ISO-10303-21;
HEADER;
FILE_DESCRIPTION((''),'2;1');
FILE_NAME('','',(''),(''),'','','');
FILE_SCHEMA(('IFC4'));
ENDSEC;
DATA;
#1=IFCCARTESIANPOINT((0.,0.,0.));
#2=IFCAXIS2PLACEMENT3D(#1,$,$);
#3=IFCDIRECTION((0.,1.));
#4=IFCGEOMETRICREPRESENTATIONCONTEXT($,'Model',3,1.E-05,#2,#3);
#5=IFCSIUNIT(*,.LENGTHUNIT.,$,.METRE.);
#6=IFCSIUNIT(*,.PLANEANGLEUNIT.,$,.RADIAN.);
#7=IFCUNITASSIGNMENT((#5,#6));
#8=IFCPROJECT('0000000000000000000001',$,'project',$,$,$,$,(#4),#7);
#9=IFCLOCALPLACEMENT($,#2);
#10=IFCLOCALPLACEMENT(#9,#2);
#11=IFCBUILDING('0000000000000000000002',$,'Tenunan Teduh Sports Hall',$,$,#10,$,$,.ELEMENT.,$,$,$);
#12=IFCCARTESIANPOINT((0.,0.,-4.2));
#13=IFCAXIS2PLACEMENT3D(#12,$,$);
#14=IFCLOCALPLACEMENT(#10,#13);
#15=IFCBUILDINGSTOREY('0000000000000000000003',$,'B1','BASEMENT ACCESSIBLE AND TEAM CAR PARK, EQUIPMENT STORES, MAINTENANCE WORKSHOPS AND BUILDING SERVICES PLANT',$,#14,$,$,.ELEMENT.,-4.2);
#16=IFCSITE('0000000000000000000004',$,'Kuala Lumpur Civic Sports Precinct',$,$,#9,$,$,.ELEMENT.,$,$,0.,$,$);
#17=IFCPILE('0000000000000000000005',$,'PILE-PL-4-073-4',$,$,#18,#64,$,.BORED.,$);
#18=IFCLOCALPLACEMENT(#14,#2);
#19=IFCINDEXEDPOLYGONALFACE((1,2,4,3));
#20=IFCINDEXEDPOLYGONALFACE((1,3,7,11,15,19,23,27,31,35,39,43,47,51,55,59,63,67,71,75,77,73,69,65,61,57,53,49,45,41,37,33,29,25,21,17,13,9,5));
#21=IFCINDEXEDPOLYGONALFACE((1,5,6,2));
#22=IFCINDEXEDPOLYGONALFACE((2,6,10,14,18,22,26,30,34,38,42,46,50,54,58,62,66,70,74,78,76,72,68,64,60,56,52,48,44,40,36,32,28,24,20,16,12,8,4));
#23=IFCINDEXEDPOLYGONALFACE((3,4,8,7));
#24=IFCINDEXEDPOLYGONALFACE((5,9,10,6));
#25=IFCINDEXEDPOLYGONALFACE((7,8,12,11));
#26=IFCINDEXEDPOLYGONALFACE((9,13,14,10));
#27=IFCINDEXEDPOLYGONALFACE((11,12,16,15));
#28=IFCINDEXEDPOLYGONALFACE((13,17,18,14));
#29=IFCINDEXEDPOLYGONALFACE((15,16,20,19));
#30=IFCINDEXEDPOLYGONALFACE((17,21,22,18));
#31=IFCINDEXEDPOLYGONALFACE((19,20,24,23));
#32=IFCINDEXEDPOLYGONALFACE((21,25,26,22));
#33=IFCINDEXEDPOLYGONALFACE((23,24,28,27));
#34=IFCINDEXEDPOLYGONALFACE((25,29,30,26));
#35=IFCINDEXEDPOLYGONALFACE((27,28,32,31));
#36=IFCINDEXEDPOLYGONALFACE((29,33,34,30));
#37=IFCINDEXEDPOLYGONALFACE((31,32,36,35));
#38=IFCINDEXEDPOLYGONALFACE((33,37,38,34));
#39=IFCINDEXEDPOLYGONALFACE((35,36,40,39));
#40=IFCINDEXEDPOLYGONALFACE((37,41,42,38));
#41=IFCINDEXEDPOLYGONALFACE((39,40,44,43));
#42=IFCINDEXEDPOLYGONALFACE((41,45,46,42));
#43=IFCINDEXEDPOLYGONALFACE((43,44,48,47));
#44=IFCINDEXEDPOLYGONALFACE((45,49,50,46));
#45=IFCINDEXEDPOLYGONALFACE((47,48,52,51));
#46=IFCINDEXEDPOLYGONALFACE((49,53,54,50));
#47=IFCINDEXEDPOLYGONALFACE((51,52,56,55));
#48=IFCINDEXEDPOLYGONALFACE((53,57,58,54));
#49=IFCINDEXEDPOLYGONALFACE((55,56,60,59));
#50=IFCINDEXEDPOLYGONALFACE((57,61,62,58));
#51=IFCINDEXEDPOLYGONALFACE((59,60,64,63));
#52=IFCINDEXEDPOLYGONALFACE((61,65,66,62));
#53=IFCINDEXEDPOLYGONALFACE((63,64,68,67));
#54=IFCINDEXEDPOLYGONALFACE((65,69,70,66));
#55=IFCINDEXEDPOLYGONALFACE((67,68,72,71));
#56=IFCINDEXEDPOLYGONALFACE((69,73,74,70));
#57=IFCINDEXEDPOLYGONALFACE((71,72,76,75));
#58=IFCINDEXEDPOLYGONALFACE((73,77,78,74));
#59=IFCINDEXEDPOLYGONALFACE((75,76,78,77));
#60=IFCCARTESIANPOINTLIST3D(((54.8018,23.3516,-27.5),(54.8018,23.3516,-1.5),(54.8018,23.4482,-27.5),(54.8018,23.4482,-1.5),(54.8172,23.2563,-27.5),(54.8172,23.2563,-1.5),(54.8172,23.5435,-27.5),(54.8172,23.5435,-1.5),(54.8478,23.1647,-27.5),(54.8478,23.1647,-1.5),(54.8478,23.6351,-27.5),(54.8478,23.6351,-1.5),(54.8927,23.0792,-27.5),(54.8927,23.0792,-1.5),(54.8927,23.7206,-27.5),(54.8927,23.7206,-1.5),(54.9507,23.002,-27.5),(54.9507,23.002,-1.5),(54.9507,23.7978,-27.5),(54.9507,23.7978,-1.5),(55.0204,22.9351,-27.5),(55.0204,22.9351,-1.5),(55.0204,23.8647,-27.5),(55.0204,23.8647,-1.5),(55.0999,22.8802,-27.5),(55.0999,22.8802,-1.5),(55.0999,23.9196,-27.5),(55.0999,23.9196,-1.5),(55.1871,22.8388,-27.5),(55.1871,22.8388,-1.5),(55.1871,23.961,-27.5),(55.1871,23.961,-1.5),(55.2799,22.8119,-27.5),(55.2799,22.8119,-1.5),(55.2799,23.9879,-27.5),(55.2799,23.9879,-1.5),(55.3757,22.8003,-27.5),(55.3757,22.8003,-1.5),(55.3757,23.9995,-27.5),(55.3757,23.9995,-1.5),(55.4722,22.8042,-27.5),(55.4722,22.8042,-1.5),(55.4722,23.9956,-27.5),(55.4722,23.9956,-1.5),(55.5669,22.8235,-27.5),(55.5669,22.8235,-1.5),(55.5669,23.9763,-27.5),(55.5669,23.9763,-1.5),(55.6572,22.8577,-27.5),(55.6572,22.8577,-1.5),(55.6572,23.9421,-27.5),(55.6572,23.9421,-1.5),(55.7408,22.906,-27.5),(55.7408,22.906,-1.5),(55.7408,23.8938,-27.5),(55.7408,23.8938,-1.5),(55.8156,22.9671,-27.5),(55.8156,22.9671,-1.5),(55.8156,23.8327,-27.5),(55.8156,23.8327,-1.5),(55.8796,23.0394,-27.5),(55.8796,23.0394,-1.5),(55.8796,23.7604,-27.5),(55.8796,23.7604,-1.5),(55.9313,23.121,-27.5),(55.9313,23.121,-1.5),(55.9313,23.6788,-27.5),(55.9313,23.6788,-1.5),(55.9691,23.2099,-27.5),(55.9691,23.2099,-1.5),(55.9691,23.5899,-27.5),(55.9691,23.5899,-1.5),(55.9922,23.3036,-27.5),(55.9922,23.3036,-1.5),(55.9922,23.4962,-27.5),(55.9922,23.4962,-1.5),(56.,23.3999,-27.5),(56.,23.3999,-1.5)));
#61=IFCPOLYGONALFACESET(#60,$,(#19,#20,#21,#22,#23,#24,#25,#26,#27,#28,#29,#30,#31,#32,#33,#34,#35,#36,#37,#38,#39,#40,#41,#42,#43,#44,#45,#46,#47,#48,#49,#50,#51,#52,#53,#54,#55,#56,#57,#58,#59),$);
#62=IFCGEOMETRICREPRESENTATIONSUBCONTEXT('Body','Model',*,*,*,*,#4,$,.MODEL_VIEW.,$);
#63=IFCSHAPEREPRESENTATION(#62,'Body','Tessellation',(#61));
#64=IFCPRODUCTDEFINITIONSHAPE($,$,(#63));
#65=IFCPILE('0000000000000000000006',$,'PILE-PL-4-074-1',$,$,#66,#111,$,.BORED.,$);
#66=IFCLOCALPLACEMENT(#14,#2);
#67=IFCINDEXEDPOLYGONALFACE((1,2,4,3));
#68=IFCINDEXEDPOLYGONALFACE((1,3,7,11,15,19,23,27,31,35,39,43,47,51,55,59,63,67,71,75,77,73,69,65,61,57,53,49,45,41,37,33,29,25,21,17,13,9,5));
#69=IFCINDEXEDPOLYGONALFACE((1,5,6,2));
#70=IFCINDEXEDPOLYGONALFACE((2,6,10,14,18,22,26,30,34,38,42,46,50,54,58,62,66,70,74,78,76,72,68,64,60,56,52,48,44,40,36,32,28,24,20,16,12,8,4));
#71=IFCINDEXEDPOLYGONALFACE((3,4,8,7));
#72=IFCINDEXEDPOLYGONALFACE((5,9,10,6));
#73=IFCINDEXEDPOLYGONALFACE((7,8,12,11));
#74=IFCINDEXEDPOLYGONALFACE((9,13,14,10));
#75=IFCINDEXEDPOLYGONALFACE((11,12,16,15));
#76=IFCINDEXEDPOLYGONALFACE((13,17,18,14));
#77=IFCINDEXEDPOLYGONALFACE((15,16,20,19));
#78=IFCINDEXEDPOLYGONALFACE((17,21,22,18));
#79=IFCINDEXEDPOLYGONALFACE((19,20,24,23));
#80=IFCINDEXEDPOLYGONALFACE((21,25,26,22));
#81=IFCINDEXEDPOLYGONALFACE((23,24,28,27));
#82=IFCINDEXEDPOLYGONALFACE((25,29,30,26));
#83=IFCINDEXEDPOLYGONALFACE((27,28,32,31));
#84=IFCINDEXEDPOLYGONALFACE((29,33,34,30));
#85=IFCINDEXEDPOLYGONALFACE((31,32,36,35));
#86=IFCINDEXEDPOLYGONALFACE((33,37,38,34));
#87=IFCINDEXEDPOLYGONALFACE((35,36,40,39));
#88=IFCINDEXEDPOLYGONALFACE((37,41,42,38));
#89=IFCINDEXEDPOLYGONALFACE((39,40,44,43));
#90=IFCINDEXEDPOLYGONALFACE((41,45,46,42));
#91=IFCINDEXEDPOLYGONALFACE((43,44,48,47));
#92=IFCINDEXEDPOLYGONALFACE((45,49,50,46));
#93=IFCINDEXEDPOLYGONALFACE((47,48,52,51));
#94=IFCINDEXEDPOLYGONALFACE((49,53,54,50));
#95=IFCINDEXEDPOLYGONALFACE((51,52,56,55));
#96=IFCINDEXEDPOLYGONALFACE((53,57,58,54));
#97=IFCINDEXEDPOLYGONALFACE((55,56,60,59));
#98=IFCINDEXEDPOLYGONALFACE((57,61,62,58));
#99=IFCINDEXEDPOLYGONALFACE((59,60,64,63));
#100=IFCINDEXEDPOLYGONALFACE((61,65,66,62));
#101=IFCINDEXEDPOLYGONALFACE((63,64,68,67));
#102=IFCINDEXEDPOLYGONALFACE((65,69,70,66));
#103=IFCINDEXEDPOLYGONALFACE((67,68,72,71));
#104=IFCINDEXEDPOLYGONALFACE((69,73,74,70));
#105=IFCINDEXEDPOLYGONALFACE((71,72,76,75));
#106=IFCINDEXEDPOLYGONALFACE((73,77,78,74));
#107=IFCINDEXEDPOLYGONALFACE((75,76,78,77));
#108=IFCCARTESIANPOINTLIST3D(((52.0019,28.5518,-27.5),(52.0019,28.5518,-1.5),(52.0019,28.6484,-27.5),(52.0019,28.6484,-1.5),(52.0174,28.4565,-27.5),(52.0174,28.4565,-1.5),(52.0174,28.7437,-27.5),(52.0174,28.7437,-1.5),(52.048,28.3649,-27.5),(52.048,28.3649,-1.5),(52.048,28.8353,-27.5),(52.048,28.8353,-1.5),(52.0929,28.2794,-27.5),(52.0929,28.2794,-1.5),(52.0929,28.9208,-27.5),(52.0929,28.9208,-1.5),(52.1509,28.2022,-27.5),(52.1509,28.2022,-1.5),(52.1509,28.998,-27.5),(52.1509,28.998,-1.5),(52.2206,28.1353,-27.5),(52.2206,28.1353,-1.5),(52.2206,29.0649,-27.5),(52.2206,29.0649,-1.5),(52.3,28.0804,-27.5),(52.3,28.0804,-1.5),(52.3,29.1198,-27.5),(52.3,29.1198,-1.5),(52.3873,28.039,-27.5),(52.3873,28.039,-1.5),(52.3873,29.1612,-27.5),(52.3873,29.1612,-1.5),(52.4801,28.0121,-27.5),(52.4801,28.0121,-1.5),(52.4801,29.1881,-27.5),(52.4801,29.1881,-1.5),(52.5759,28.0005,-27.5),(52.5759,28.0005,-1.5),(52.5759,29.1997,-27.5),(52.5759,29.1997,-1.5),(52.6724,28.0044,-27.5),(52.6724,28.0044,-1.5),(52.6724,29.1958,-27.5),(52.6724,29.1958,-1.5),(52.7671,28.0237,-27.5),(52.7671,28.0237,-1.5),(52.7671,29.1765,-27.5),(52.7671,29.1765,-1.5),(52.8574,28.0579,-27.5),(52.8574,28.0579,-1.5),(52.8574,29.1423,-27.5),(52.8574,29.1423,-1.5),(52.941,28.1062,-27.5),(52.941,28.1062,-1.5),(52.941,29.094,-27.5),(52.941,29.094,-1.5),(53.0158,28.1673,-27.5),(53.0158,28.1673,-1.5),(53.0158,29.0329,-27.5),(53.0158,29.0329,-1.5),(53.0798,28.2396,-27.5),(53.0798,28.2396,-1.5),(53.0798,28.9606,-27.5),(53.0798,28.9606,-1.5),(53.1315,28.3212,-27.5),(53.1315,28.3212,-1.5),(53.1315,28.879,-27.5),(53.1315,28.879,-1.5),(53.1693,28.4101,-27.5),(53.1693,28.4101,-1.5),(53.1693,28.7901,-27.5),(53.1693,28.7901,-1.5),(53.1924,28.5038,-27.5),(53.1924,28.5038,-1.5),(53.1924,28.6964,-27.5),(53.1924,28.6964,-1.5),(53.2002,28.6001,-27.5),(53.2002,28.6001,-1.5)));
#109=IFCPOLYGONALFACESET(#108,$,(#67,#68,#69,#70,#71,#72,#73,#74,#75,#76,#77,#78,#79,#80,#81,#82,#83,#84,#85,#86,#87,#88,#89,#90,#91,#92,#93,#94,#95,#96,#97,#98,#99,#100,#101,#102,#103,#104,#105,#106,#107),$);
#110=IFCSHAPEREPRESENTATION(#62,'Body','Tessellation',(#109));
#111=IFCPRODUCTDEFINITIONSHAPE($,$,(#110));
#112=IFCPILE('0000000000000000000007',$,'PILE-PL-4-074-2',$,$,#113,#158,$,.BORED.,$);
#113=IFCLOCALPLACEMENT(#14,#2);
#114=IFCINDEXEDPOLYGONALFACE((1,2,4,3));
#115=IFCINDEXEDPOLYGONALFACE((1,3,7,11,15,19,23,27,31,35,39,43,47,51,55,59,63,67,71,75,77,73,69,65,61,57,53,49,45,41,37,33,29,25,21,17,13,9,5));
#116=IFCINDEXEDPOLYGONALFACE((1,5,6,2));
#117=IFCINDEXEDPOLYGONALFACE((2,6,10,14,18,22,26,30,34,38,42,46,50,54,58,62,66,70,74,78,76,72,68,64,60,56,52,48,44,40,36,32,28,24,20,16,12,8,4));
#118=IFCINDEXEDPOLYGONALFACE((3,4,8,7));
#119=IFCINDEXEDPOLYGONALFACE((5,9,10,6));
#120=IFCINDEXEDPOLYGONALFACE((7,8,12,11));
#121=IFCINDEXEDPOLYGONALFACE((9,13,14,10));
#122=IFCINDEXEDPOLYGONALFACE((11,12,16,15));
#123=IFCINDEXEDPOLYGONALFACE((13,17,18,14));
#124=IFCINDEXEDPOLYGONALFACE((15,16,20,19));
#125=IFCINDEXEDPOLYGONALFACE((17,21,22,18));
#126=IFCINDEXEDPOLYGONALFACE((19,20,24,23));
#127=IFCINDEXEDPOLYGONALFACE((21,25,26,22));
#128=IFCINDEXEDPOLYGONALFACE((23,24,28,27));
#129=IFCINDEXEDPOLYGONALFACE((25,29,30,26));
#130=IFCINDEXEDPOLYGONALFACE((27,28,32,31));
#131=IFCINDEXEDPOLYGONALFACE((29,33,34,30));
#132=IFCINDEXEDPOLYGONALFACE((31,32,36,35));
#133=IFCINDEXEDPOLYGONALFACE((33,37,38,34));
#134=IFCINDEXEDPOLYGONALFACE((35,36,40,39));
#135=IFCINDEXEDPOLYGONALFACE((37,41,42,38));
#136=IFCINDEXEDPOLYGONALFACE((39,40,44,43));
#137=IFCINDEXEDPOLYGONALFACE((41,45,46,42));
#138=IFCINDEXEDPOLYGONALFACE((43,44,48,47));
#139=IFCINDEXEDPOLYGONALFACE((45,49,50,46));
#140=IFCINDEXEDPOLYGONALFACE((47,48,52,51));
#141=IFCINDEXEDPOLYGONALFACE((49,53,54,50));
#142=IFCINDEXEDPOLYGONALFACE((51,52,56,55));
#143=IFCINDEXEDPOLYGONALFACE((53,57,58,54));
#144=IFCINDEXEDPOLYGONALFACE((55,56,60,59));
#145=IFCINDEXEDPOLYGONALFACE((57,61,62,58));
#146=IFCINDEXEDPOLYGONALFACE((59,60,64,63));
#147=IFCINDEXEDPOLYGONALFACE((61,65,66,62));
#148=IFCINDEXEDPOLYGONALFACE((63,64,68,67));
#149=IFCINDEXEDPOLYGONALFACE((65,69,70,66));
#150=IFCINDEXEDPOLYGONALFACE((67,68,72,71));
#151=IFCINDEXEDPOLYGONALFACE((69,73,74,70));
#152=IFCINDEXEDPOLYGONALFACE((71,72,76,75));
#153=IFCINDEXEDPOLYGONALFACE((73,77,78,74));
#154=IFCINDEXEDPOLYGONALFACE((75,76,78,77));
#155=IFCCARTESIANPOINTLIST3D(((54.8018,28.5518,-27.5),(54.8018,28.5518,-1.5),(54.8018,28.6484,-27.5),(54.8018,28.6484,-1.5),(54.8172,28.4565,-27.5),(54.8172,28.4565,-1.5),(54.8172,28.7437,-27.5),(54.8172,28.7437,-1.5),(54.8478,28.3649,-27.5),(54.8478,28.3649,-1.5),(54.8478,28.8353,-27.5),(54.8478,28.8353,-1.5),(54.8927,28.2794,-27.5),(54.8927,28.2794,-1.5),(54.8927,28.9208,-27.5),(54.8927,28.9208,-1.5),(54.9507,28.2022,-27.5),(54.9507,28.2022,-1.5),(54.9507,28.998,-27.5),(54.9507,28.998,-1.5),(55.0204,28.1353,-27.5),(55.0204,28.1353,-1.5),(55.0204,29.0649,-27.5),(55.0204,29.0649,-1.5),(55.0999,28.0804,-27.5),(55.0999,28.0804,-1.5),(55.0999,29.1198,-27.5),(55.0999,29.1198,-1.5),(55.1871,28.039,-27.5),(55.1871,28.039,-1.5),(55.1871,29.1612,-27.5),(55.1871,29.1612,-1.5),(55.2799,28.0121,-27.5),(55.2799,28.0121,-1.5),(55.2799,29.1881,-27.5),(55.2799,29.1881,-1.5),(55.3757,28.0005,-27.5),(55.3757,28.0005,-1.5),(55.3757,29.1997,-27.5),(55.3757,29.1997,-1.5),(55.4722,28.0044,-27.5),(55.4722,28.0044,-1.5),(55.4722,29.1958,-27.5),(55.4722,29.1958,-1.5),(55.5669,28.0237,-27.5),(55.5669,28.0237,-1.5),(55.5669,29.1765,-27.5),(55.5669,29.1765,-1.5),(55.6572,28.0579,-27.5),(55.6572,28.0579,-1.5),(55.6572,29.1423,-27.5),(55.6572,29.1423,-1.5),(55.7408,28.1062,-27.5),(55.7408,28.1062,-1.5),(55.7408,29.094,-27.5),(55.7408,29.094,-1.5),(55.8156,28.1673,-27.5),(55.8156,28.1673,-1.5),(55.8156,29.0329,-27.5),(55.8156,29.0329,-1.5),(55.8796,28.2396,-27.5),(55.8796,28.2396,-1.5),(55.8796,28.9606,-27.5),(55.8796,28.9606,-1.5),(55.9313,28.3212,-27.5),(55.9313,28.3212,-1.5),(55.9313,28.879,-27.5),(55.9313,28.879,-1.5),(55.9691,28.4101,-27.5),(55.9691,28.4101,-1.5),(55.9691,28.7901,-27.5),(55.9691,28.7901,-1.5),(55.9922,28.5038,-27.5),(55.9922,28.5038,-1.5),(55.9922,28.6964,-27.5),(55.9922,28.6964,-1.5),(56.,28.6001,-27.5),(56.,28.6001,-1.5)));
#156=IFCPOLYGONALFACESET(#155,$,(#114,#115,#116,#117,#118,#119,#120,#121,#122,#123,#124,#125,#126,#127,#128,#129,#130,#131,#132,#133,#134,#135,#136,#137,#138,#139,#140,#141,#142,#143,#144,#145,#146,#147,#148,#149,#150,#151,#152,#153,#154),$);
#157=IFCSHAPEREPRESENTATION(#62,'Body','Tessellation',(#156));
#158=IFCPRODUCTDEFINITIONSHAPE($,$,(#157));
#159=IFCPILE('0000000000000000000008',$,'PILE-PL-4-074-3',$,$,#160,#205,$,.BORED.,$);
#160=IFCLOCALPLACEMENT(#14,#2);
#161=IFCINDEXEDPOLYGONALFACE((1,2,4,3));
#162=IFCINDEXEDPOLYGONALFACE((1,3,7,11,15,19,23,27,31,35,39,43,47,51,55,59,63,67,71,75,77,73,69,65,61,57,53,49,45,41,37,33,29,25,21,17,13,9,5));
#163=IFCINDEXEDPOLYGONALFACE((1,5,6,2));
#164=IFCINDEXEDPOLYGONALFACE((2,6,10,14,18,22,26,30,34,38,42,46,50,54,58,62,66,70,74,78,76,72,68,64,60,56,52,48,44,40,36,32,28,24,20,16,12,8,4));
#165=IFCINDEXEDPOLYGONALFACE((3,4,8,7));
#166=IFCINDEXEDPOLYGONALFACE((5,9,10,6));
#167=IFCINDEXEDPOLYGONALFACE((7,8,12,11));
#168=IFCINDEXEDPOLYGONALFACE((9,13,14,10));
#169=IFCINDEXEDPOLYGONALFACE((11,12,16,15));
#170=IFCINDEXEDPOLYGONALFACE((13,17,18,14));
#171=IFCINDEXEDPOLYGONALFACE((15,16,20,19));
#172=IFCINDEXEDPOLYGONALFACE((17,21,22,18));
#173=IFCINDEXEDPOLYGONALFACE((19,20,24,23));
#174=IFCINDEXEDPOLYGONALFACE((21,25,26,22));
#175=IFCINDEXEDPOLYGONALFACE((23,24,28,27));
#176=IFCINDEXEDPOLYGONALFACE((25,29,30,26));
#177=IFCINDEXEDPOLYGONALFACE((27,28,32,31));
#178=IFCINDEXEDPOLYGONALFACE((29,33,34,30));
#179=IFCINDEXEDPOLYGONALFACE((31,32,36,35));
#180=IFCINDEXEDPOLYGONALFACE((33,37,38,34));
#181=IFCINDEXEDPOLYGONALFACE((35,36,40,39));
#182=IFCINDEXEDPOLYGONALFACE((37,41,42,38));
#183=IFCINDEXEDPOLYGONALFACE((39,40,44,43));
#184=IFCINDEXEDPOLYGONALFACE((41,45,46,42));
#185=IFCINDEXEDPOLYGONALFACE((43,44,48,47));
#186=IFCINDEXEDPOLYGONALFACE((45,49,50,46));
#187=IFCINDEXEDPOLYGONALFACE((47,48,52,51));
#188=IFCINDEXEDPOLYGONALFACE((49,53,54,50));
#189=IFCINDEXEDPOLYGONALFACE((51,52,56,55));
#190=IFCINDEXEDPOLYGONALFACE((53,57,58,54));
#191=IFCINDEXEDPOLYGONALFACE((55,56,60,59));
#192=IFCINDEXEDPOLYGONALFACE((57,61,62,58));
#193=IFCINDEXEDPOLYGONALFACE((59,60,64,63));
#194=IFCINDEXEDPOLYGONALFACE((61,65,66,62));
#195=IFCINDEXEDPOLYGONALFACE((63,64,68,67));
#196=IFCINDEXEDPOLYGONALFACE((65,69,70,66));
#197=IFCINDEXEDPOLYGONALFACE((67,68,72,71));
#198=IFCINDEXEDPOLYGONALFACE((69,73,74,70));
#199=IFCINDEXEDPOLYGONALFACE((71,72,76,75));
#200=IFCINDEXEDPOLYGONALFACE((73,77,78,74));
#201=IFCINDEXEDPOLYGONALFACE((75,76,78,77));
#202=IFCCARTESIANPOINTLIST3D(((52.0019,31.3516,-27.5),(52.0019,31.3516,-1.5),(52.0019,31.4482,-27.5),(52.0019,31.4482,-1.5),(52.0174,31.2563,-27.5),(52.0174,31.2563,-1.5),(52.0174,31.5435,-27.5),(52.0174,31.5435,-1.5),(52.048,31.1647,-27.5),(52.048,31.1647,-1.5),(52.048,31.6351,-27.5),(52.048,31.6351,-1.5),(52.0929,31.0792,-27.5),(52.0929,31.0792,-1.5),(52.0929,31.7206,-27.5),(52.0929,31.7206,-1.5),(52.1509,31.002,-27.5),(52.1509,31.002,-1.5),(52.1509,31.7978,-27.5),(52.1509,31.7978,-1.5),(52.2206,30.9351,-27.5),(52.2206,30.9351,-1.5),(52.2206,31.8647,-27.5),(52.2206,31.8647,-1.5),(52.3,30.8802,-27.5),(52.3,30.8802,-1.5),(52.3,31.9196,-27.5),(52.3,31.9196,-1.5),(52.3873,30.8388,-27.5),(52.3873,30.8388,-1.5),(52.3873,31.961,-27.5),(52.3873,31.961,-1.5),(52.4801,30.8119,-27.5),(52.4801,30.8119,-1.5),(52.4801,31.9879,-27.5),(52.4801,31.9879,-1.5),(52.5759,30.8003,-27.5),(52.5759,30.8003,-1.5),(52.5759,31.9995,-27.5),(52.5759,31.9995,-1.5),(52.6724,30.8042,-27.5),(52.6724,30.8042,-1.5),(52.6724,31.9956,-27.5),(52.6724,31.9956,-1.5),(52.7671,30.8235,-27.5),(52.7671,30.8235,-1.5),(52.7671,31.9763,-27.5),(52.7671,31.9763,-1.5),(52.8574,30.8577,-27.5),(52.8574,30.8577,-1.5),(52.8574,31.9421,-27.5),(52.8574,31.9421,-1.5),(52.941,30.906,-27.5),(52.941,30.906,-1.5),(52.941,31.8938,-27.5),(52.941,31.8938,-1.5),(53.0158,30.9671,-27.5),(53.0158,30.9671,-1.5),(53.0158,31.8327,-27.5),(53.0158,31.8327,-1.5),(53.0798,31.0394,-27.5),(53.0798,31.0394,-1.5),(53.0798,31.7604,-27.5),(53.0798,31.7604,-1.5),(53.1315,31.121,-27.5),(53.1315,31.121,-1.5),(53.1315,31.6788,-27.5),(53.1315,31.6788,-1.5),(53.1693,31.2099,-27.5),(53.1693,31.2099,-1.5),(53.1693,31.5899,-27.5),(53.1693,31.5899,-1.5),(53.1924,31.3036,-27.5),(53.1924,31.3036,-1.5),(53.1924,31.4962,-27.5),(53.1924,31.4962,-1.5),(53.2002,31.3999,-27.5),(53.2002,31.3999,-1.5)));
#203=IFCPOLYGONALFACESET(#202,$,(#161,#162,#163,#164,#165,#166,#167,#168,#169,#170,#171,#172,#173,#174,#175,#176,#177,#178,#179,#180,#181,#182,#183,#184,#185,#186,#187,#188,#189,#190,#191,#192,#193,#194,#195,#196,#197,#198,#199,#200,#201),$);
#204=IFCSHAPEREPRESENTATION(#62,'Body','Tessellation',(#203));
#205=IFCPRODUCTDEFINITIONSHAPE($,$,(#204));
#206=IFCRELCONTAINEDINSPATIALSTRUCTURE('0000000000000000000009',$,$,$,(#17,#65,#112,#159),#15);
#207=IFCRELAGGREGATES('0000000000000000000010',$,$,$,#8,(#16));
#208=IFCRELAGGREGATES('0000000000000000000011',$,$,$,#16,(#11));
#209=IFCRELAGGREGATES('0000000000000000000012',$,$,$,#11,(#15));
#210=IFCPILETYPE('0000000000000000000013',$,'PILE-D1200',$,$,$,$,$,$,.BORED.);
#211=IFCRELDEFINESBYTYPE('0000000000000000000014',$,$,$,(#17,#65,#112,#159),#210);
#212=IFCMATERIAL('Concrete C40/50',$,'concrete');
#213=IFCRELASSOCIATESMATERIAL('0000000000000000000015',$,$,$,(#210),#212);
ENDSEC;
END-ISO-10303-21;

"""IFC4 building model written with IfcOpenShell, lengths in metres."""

from ifc_helpers import new_model, si_unit, direction, frame, origin, origin_2d, place, context, subcontext, project, spatial, circle, extrude, material, material_profile, profile_set, type_object, element, save


model = new_model("IFC4")

# Units and contexts
model_context = context("Model", 3, precision=1e-05, world=origin(), true_north=direction((0.0, 1.0)))
body_context = subcontext(model_context, "Body", "Model", "MODEL_VIEW")
ifc_project = project(units=[si_unit("LENGTHUNIT", "METRE"), si_unit("PLANEANGLEUNIT", "RADIAN")], contexts=[model_context])

# Site, building, storey
site_placement = place(None, origin())
site = spatial("IfcSite", under=ifc_project, at=site_placement, Name="Kuala Lumpur Civic Sports Precinct", CompositionType="ELEMENT", RefElevation=0.0)
building_placement = place(site_placement, origin())
building = spatial("IfcBuilding", under=site, at=building_placement, Name="Tenunan Teduh Sports Hall", CompositionType="ELEMENT")
storey_placement = place(building_placement, frame((0.0, 0.0, -4.2)))
storey = spatial("IfcBuildingStorey", under=building, at=storey_placement, Name="B1", Description="BASEMENT ACCESSIBLE AND TEAM CAR PARK, EQUIPMENT STORES, MAINTENANCE WORKSHOPS AND BUILDING SERVICES PLANT", CompositionType="ELEMENT", Elevation=-4.2)

# Piles
ifc_material_1 = material(Name="Concrete C40/50", Category="concrete")
ifc_material_profile_1 = material_profile(ifc_material_1, circle(Radius=0.6001, at=origin_2d()), Name="PILE D1200")
ifc_profile_set_1 = profile_set([ifc_material_profile_1], Name="Concrete C40/50")
pile_type_1 = type_object("IfcPileType", Name="PILE-D1200", PredefinedType="BORED", material=ifc_profile_set_1)
for number, where, z_axis, x_axis, name in (
    (1, (55.3999, 23.3999, -1.5), (0.0, 0.0, -1.0), (1.0, 0.0, 0.0), "PILE-PL-4-073-4"),
    (2, (52.6001, 28.6001, -1.5), (0.0, 0.0, -1.0), (1.0, 0.0, 0.0), "PILE-PL-4-074-1"),
    (3, (55.3999, 28.6001, -1.5), (0.0, 0.0, -1.0), (1.0, 0.0, 0.0), "PILE-PL-4-074-2"),
    (4, (52.6001, 31.3999, -1.5), (0.0, 0.0, -1.0), (1.0, 0.0, 0.0), "PILE-PL-4-074-3"),
):
    element("IfcPile", number, at=place(storey_placement, frame(where, z_axis=z_axis, x_axis=x_axis)), inside=storey, type_object=pile_type_1, Name=name, PredefinedType="BORED", context=body_context, shape_type="SweptSolid", body=[
        extrude(circle(Radius=0.6001, at=origin_2d()), origin(), (0.0, 0.0, 1.0), 26.0),
    ])

save(model, "model.ifc")
